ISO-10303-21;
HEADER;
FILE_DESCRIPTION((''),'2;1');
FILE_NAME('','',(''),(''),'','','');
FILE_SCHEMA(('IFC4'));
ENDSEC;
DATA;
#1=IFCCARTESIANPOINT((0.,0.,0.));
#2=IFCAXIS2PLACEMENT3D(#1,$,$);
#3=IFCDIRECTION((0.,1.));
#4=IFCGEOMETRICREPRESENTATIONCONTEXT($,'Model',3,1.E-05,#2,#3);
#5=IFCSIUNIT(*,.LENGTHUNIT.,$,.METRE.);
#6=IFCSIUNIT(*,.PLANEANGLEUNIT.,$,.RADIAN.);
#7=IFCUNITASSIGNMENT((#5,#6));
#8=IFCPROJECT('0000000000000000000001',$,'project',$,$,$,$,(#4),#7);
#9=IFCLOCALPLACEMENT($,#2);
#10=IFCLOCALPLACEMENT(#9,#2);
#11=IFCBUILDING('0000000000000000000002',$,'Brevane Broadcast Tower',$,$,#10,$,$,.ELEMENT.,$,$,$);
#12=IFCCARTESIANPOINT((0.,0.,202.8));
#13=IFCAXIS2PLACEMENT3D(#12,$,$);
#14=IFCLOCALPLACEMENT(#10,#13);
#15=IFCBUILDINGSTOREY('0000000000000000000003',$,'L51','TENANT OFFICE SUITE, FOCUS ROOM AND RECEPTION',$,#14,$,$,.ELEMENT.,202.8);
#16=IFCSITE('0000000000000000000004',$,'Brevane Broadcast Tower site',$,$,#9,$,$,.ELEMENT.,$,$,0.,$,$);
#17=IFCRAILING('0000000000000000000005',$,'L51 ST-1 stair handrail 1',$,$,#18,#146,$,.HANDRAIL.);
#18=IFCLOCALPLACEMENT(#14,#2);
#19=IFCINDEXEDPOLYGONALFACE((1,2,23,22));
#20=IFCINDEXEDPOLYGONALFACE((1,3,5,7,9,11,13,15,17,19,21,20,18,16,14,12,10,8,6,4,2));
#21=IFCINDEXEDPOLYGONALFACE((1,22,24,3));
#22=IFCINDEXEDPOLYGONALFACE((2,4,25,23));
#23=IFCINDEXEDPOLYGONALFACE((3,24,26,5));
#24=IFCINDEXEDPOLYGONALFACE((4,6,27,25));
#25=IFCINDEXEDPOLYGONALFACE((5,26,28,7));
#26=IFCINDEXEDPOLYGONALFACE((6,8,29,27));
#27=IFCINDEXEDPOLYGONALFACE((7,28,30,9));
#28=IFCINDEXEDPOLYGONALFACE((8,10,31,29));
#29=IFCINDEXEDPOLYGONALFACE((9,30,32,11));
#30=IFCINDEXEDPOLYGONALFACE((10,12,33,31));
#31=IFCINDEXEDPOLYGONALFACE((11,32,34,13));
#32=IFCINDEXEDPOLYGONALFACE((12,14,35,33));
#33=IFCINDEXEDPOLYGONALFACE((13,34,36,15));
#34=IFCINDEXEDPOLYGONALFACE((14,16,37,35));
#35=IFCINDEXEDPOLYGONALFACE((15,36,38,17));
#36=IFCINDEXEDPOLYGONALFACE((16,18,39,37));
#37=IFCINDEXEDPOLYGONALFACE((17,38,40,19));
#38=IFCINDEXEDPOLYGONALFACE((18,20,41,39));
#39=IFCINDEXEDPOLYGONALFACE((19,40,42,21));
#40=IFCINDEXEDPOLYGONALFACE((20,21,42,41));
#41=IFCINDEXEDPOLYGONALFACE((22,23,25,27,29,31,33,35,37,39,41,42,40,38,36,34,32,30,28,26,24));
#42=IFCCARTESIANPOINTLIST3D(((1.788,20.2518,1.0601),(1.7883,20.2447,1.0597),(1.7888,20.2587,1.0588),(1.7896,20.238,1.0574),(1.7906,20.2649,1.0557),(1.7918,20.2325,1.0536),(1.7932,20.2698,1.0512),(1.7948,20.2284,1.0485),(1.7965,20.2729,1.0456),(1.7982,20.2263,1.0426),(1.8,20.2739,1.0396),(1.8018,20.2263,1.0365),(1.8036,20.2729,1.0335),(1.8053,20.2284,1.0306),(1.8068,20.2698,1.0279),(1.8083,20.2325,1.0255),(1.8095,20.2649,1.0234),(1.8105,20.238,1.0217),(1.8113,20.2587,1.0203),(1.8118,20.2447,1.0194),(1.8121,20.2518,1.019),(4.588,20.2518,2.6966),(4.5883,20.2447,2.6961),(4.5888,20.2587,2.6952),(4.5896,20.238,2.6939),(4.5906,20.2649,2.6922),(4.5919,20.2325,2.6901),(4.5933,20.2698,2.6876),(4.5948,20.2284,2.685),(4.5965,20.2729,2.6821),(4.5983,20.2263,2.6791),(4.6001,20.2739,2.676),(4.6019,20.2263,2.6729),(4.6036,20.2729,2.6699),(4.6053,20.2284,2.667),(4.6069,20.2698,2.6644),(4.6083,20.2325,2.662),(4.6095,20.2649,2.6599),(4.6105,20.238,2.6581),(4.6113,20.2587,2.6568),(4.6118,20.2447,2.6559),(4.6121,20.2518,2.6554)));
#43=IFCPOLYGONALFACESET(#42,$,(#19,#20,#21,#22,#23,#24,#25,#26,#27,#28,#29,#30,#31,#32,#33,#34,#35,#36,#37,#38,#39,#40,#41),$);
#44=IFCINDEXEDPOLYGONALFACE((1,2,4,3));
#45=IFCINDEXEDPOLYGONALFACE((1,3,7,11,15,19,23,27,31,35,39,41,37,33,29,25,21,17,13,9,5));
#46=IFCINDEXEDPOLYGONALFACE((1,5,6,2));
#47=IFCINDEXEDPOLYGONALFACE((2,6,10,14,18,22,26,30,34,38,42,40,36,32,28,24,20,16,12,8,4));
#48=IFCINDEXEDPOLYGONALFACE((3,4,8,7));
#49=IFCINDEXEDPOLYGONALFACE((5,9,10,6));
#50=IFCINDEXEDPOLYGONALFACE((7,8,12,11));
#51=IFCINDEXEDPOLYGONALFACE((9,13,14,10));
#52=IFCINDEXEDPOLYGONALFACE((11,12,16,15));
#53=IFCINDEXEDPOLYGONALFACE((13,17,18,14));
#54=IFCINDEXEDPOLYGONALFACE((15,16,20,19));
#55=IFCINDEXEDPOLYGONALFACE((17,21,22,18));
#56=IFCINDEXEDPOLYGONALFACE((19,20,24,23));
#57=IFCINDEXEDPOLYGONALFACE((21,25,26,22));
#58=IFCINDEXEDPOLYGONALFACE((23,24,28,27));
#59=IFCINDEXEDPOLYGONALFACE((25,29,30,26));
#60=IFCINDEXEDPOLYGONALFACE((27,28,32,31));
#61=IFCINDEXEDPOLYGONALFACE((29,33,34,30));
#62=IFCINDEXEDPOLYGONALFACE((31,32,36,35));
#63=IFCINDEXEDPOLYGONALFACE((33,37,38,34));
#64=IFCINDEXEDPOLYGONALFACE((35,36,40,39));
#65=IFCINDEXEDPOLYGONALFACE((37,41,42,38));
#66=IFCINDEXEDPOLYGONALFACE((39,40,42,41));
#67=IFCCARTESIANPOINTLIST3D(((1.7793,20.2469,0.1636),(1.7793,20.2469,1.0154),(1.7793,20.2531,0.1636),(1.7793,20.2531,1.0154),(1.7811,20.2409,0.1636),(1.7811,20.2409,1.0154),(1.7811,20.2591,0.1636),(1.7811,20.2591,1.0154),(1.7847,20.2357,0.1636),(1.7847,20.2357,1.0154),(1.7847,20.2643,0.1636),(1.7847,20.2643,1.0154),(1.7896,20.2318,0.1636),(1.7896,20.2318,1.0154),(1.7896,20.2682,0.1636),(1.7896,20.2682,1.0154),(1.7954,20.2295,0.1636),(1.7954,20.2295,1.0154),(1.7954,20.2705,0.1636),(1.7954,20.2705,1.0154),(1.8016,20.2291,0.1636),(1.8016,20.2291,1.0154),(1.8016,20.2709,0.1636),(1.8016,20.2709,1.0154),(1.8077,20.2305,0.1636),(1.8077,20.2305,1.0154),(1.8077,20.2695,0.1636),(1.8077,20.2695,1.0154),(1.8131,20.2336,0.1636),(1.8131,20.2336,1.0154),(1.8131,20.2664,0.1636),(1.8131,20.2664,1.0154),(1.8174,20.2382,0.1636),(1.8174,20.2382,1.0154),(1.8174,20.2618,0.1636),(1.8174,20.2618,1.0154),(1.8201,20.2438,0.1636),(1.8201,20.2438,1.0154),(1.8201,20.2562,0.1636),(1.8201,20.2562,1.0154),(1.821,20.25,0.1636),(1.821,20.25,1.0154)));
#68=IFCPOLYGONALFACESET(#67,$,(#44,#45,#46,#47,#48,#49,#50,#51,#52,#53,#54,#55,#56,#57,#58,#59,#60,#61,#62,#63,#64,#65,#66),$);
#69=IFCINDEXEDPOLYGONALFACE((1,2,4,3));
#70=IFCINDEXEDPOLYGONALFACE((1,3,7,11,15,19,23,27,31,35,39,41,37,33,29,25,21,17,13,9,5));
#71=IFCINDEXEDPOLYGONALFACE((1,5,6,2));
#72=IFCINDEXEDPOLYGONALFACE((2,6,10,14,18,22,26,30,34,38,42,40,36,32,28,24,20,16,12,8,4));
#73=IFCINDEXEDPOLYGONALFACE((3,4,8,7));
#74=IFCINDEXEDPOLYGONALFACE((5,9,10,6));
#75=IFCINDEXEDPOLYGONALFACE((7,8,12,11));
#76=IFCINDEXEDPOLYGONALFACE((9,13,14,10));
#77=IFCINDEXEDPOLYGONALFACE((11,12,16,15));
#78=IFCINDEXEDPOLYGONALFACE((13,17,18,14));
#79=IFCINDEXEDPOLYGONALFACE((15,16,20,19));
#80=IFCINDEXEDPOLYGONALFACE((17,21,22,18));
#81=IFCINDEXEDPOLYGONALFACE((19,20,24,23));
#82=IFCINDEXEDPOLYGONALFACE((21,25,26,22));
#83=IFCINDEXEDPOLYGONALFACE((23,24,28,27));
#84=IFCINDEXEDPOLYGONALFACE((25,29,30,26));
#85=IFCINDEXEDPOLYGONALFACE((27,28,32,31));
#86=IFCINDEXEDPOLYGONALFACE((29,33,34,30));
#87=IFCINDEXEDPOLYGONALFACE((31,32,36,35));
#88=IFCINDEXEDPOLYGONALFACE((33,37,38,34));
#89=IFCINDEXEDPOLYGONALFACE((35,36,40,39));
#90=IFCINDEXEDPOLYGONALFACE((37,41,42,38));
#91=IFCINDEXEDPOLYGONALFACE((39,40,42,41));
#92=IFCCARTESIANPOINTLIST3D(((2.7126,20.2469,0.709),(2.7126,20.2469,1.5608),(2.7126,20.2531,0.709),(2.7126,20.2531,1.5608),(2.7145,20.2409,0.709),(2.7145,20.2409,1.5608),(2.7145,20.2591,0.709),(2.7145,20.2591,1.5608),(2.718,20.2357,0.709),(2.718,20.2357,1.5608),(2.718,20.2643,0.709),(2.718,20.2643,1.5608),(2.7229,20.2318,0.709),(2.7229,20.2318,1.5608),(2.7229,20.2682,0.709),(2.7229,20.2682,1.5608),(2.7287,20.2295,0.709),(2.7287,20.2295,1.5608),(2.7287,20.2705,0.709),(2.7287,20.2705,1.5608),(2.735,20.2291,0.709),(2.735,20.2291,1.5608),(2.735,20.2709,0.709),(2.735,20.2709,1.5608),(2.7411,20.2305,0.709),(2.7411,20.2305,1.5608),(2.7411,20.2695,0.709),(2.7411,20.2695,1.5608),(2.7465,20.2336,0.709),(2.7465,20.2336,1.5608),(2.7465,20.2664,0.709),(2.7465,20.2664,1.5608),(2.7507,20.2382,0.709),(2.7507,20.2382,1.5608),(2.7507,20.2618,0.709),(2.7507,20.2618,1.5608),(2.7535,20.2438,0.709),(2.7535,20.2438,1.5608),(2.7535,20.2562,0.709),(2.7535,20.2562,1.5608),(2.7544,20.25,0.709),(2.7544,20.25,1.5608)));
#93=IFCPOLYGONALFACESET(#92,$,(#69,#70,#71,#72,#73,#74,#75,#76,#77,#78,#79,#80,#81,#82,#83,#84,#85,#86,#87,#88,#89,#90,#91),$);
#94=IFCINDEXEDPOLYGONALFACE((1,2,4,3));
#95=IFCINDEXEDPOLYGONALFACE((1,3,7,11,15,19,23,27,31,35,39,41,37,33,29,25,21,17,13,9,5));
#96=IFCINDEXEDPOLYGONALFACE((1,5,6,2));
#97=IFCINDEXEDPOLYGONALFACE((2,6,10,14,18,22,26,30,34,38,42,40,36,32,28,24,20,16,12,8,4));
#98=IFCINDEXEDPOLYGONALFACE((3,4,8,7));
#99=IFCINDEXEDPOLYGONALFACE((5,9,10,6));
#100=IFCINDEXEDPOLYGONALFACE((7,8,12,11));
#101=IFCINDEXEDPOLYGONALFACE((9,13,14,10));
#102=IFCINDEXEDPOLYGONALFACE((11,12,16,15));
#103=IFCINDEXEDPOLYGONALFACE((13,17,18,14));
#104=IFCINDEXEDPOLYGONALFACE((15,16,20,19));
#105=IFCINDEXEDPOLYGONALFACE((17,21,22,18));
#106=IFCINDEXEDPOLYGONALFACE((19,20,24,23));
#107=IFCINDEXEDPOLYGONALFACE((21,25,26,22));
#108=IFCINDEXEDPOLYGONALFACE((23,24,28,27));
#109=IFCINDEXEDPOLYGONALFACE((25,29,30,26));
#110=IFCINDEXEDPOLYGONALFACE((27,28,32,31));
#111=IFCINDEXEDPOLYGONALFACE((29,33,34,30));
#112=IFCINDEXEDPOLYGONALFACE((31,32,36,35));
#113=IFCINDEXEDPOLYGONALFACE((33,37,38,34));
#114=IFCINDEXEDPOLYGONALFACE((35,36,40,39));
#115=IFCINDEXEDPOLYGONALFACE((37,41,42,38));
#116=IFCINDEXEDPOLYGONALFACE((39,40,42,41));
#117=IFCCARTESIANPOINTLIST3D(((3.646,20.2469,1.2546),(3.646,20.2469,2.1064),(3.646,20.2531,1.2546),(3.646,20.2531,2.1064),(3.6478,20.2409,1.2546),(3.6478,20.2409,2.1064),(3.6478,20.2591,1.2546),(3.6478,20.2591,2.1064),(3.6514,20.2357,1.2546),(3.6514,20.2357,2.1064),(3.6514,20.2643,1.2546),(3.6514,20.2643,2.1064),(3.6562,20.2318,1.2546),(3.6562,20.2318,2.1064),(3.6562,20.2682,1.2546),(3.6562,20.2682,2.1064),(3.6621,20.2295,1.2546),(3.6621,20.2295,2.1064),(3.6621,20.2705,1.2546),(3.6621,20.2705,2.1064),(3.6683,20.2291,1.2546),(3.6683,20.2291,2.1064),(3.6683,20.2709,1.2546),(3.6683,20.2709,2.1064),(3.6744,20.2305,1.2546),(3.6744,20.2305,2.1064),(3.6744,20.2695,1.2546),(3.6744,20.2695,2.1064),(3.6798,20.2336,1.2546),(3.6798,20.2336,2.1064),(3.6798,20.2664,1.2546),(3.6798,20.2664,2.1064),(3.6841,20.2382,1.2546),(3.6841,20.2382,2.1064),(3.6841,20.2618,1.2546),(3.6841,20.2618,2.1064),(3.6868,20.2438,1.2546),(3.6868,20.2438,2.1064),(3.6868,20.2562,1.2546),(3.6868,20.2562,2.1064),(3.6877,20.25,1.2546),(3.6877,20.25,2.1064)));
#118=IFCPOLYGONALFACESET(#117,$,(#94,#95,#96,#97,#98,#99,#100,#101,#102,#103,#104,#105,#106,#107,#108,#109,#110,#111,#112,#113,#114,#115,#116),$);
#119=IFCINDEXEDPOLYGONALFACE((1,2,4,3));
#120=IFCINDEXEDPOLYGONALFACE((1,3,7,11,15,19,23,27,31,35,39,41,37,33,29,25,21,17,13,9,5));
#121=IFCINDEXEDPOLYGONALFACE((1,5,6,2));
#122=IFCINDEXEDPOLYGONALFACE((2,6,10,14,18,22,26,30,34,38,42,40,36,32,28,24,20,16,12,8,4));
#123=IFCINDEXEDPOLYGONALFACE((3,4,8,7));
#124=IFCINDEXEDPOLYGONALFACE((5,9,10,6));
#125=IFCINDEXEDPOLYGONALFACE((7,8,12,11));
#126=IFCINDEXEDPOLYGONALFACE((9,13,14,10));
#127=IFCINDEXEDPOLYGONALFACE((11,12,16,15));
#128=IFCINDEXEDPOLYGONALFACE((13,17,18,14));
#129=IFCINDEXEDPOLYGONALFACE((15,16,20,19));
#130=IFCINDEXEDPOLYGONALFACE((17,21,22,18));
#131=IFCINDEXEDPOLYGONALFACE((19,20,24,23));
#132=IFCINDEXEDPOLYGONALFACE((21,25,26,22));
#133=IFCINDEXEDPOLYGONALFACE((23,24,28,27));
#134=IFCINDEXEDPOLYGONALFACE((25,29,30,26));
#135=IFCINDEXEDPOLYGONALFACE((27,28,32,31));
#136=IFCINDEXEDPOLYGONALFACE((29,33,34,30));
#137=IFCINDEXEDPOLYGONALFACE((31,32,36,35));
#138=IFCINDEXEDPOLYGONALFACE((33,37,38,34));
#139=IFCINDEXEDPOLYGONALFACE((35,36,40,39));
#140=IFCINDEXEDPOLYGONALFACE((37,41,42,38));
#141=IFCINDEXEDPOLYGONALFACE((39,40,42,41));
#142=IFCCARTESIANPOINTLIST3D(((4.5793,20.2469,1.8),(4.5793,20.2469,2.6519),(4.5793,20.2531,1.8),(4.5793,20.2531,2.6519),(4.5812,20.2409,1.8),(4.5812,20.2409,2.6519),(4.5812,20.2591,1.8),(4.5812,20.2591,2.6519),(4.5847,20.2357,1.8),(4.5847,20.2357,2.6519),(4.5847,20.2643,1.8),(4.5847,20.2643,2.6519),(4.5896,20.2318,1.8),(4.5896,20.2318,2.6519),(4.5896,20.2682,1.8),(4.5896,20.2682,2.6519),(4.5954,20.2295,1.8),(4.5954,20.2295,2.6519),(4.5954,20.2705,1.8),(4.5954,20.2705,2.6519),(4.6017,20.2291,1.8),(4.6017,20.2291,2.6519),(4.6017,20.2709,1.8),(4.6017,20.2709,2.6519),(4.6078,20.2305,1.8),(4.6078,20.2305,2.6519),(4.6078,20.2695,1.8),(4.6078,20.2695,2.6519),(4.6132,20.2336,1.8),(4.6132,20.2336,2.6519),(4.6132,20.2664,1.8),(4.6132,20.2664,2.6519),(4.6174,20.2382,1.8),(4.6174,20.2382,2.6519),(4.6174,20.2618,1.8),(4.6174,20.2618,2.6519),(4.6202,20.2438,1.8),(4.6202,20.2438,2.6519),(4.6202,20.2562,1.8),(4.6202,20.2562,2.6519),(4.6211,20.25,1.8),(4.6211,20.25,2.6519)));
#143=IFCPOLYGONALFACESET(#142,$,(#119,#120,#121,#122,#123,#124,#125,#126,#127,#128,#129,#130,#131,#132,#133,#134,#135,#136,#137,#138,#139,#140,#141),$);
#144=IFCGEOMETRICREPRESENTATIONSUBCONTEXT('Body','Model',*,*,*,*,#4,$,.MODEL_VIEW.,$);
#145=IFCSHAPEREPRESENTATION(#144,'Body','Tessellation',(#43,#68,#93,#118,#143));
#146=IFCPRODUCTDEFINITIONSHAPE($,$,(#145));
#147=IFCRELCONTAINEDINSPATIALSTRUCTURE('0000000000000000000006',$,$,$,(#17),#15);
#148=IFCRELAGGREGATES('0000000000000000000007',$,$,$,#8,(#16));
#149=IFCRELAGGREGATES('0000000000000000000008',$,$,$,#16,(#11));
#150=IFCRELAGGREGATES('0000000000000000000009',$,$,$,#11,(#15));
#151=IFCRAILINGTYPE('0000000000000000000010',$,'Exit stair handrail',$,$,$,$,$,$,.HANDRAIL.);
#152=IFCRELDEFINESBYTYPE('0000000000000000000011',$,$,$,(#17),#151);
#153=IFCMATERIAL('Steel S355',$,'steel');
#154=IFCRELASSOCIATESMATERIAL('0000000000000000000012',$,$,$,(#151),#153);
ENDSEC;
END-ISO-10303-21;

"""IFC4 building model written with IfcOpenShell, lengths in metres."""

from ifc_helpers import new_model, si_unit, direction, frame, origin, origin_2d, place, context, subcontext, project, spatial, circle, extrude, material, type_object, element, save


model = new_model("IFC4")

# Units and contexts
model_context = context("Model", 3, precision=1e-05, world=origin(), true_north=direction((0.0, 1.0)))
body_context = subcontext(model_context, "Body", "Model", "MODEL_VIEW")
ifc_project = project(units=[si_unit("LENGTHUNIT", "METRE"), si_unit("PLANEANGLEUNIT", "RADIAN")], contexts=[model_context])

# Site, building, storey
site_placement = place(None, origin())
site = spatial("IfcSite", under=ifc_project, at=site_placement, Name="Brevane Broadcast Tower site", CompositionType="ELEMENT", RefElevation=0.0)
building_placement = place(site_placement, origin())
building = spatial("IfcBuilding", under=site, at=building_placement, Name="Brevane Broadcast Tower", CompositionType="ELEMENT")
storey_placement = place(building_placement, frame((0.0, 0.0, 202.8)))
storey = spatial("IfcBuildingStorey", under=building, at=storey_placement, Name="L51", Description="TENANT OFFICE SUITE, FOCUS ROOM AND RECEPTION", CompositionType="ELEMENT", Elevation=202.8)

# Railing
ifc_material_1 = material(Name="Steel S355", Category="steel")
railing_type_1 = type_object("IfcRailingType", Name="Exit stair handrail", PredefinedType="HANDRAIL", material=ifc_material_1)
railing_1_placement = place(storey_placement, frame((1.8, 20.25, 0.1636)))
element("IfcRailing", 1, at=railing_1_placement, inside=storey, type_object=railing_type_1, Name="L51 ST-1 stair handrail 1", PredefinedType="HANDRAIL", context=body_context, shape_type="SweptSolid", body=[
    extrude(circle(Radius=0.0239, at=origin_2d()), frame((0.0, 0.0, 0.876), z_axis=(0.863361, 0.0, 0.504587), x_axis=(0.0, 1.0, 0.0)), (0.0, 0.0, 1.0), 3.2432),
    extrude(circle(Radius=0.021, at=origin_2d()), origin(), (0.0, 0.0, 1.0), 0.8518),
    extrude(circle(Radius=0.021, at=origin_2d()), frame((0.9333, 0.0, 0.5454)), (0.0, 0.0, 1.0), 0.8518),
    extrude(circle(Radius=0.021, at=origin_2d()), frame((1.8667, 0.0, 1.0911)), (0.0, 0.0, 1.0), 0.8518),
    extrude(circle(Radius=0.021, at=origin_2d()), frame((2.8, 0.0, 1.6365)), (0.0, 0.0, 1.0), 0.8518),
])

save(model, "model.ifc")
